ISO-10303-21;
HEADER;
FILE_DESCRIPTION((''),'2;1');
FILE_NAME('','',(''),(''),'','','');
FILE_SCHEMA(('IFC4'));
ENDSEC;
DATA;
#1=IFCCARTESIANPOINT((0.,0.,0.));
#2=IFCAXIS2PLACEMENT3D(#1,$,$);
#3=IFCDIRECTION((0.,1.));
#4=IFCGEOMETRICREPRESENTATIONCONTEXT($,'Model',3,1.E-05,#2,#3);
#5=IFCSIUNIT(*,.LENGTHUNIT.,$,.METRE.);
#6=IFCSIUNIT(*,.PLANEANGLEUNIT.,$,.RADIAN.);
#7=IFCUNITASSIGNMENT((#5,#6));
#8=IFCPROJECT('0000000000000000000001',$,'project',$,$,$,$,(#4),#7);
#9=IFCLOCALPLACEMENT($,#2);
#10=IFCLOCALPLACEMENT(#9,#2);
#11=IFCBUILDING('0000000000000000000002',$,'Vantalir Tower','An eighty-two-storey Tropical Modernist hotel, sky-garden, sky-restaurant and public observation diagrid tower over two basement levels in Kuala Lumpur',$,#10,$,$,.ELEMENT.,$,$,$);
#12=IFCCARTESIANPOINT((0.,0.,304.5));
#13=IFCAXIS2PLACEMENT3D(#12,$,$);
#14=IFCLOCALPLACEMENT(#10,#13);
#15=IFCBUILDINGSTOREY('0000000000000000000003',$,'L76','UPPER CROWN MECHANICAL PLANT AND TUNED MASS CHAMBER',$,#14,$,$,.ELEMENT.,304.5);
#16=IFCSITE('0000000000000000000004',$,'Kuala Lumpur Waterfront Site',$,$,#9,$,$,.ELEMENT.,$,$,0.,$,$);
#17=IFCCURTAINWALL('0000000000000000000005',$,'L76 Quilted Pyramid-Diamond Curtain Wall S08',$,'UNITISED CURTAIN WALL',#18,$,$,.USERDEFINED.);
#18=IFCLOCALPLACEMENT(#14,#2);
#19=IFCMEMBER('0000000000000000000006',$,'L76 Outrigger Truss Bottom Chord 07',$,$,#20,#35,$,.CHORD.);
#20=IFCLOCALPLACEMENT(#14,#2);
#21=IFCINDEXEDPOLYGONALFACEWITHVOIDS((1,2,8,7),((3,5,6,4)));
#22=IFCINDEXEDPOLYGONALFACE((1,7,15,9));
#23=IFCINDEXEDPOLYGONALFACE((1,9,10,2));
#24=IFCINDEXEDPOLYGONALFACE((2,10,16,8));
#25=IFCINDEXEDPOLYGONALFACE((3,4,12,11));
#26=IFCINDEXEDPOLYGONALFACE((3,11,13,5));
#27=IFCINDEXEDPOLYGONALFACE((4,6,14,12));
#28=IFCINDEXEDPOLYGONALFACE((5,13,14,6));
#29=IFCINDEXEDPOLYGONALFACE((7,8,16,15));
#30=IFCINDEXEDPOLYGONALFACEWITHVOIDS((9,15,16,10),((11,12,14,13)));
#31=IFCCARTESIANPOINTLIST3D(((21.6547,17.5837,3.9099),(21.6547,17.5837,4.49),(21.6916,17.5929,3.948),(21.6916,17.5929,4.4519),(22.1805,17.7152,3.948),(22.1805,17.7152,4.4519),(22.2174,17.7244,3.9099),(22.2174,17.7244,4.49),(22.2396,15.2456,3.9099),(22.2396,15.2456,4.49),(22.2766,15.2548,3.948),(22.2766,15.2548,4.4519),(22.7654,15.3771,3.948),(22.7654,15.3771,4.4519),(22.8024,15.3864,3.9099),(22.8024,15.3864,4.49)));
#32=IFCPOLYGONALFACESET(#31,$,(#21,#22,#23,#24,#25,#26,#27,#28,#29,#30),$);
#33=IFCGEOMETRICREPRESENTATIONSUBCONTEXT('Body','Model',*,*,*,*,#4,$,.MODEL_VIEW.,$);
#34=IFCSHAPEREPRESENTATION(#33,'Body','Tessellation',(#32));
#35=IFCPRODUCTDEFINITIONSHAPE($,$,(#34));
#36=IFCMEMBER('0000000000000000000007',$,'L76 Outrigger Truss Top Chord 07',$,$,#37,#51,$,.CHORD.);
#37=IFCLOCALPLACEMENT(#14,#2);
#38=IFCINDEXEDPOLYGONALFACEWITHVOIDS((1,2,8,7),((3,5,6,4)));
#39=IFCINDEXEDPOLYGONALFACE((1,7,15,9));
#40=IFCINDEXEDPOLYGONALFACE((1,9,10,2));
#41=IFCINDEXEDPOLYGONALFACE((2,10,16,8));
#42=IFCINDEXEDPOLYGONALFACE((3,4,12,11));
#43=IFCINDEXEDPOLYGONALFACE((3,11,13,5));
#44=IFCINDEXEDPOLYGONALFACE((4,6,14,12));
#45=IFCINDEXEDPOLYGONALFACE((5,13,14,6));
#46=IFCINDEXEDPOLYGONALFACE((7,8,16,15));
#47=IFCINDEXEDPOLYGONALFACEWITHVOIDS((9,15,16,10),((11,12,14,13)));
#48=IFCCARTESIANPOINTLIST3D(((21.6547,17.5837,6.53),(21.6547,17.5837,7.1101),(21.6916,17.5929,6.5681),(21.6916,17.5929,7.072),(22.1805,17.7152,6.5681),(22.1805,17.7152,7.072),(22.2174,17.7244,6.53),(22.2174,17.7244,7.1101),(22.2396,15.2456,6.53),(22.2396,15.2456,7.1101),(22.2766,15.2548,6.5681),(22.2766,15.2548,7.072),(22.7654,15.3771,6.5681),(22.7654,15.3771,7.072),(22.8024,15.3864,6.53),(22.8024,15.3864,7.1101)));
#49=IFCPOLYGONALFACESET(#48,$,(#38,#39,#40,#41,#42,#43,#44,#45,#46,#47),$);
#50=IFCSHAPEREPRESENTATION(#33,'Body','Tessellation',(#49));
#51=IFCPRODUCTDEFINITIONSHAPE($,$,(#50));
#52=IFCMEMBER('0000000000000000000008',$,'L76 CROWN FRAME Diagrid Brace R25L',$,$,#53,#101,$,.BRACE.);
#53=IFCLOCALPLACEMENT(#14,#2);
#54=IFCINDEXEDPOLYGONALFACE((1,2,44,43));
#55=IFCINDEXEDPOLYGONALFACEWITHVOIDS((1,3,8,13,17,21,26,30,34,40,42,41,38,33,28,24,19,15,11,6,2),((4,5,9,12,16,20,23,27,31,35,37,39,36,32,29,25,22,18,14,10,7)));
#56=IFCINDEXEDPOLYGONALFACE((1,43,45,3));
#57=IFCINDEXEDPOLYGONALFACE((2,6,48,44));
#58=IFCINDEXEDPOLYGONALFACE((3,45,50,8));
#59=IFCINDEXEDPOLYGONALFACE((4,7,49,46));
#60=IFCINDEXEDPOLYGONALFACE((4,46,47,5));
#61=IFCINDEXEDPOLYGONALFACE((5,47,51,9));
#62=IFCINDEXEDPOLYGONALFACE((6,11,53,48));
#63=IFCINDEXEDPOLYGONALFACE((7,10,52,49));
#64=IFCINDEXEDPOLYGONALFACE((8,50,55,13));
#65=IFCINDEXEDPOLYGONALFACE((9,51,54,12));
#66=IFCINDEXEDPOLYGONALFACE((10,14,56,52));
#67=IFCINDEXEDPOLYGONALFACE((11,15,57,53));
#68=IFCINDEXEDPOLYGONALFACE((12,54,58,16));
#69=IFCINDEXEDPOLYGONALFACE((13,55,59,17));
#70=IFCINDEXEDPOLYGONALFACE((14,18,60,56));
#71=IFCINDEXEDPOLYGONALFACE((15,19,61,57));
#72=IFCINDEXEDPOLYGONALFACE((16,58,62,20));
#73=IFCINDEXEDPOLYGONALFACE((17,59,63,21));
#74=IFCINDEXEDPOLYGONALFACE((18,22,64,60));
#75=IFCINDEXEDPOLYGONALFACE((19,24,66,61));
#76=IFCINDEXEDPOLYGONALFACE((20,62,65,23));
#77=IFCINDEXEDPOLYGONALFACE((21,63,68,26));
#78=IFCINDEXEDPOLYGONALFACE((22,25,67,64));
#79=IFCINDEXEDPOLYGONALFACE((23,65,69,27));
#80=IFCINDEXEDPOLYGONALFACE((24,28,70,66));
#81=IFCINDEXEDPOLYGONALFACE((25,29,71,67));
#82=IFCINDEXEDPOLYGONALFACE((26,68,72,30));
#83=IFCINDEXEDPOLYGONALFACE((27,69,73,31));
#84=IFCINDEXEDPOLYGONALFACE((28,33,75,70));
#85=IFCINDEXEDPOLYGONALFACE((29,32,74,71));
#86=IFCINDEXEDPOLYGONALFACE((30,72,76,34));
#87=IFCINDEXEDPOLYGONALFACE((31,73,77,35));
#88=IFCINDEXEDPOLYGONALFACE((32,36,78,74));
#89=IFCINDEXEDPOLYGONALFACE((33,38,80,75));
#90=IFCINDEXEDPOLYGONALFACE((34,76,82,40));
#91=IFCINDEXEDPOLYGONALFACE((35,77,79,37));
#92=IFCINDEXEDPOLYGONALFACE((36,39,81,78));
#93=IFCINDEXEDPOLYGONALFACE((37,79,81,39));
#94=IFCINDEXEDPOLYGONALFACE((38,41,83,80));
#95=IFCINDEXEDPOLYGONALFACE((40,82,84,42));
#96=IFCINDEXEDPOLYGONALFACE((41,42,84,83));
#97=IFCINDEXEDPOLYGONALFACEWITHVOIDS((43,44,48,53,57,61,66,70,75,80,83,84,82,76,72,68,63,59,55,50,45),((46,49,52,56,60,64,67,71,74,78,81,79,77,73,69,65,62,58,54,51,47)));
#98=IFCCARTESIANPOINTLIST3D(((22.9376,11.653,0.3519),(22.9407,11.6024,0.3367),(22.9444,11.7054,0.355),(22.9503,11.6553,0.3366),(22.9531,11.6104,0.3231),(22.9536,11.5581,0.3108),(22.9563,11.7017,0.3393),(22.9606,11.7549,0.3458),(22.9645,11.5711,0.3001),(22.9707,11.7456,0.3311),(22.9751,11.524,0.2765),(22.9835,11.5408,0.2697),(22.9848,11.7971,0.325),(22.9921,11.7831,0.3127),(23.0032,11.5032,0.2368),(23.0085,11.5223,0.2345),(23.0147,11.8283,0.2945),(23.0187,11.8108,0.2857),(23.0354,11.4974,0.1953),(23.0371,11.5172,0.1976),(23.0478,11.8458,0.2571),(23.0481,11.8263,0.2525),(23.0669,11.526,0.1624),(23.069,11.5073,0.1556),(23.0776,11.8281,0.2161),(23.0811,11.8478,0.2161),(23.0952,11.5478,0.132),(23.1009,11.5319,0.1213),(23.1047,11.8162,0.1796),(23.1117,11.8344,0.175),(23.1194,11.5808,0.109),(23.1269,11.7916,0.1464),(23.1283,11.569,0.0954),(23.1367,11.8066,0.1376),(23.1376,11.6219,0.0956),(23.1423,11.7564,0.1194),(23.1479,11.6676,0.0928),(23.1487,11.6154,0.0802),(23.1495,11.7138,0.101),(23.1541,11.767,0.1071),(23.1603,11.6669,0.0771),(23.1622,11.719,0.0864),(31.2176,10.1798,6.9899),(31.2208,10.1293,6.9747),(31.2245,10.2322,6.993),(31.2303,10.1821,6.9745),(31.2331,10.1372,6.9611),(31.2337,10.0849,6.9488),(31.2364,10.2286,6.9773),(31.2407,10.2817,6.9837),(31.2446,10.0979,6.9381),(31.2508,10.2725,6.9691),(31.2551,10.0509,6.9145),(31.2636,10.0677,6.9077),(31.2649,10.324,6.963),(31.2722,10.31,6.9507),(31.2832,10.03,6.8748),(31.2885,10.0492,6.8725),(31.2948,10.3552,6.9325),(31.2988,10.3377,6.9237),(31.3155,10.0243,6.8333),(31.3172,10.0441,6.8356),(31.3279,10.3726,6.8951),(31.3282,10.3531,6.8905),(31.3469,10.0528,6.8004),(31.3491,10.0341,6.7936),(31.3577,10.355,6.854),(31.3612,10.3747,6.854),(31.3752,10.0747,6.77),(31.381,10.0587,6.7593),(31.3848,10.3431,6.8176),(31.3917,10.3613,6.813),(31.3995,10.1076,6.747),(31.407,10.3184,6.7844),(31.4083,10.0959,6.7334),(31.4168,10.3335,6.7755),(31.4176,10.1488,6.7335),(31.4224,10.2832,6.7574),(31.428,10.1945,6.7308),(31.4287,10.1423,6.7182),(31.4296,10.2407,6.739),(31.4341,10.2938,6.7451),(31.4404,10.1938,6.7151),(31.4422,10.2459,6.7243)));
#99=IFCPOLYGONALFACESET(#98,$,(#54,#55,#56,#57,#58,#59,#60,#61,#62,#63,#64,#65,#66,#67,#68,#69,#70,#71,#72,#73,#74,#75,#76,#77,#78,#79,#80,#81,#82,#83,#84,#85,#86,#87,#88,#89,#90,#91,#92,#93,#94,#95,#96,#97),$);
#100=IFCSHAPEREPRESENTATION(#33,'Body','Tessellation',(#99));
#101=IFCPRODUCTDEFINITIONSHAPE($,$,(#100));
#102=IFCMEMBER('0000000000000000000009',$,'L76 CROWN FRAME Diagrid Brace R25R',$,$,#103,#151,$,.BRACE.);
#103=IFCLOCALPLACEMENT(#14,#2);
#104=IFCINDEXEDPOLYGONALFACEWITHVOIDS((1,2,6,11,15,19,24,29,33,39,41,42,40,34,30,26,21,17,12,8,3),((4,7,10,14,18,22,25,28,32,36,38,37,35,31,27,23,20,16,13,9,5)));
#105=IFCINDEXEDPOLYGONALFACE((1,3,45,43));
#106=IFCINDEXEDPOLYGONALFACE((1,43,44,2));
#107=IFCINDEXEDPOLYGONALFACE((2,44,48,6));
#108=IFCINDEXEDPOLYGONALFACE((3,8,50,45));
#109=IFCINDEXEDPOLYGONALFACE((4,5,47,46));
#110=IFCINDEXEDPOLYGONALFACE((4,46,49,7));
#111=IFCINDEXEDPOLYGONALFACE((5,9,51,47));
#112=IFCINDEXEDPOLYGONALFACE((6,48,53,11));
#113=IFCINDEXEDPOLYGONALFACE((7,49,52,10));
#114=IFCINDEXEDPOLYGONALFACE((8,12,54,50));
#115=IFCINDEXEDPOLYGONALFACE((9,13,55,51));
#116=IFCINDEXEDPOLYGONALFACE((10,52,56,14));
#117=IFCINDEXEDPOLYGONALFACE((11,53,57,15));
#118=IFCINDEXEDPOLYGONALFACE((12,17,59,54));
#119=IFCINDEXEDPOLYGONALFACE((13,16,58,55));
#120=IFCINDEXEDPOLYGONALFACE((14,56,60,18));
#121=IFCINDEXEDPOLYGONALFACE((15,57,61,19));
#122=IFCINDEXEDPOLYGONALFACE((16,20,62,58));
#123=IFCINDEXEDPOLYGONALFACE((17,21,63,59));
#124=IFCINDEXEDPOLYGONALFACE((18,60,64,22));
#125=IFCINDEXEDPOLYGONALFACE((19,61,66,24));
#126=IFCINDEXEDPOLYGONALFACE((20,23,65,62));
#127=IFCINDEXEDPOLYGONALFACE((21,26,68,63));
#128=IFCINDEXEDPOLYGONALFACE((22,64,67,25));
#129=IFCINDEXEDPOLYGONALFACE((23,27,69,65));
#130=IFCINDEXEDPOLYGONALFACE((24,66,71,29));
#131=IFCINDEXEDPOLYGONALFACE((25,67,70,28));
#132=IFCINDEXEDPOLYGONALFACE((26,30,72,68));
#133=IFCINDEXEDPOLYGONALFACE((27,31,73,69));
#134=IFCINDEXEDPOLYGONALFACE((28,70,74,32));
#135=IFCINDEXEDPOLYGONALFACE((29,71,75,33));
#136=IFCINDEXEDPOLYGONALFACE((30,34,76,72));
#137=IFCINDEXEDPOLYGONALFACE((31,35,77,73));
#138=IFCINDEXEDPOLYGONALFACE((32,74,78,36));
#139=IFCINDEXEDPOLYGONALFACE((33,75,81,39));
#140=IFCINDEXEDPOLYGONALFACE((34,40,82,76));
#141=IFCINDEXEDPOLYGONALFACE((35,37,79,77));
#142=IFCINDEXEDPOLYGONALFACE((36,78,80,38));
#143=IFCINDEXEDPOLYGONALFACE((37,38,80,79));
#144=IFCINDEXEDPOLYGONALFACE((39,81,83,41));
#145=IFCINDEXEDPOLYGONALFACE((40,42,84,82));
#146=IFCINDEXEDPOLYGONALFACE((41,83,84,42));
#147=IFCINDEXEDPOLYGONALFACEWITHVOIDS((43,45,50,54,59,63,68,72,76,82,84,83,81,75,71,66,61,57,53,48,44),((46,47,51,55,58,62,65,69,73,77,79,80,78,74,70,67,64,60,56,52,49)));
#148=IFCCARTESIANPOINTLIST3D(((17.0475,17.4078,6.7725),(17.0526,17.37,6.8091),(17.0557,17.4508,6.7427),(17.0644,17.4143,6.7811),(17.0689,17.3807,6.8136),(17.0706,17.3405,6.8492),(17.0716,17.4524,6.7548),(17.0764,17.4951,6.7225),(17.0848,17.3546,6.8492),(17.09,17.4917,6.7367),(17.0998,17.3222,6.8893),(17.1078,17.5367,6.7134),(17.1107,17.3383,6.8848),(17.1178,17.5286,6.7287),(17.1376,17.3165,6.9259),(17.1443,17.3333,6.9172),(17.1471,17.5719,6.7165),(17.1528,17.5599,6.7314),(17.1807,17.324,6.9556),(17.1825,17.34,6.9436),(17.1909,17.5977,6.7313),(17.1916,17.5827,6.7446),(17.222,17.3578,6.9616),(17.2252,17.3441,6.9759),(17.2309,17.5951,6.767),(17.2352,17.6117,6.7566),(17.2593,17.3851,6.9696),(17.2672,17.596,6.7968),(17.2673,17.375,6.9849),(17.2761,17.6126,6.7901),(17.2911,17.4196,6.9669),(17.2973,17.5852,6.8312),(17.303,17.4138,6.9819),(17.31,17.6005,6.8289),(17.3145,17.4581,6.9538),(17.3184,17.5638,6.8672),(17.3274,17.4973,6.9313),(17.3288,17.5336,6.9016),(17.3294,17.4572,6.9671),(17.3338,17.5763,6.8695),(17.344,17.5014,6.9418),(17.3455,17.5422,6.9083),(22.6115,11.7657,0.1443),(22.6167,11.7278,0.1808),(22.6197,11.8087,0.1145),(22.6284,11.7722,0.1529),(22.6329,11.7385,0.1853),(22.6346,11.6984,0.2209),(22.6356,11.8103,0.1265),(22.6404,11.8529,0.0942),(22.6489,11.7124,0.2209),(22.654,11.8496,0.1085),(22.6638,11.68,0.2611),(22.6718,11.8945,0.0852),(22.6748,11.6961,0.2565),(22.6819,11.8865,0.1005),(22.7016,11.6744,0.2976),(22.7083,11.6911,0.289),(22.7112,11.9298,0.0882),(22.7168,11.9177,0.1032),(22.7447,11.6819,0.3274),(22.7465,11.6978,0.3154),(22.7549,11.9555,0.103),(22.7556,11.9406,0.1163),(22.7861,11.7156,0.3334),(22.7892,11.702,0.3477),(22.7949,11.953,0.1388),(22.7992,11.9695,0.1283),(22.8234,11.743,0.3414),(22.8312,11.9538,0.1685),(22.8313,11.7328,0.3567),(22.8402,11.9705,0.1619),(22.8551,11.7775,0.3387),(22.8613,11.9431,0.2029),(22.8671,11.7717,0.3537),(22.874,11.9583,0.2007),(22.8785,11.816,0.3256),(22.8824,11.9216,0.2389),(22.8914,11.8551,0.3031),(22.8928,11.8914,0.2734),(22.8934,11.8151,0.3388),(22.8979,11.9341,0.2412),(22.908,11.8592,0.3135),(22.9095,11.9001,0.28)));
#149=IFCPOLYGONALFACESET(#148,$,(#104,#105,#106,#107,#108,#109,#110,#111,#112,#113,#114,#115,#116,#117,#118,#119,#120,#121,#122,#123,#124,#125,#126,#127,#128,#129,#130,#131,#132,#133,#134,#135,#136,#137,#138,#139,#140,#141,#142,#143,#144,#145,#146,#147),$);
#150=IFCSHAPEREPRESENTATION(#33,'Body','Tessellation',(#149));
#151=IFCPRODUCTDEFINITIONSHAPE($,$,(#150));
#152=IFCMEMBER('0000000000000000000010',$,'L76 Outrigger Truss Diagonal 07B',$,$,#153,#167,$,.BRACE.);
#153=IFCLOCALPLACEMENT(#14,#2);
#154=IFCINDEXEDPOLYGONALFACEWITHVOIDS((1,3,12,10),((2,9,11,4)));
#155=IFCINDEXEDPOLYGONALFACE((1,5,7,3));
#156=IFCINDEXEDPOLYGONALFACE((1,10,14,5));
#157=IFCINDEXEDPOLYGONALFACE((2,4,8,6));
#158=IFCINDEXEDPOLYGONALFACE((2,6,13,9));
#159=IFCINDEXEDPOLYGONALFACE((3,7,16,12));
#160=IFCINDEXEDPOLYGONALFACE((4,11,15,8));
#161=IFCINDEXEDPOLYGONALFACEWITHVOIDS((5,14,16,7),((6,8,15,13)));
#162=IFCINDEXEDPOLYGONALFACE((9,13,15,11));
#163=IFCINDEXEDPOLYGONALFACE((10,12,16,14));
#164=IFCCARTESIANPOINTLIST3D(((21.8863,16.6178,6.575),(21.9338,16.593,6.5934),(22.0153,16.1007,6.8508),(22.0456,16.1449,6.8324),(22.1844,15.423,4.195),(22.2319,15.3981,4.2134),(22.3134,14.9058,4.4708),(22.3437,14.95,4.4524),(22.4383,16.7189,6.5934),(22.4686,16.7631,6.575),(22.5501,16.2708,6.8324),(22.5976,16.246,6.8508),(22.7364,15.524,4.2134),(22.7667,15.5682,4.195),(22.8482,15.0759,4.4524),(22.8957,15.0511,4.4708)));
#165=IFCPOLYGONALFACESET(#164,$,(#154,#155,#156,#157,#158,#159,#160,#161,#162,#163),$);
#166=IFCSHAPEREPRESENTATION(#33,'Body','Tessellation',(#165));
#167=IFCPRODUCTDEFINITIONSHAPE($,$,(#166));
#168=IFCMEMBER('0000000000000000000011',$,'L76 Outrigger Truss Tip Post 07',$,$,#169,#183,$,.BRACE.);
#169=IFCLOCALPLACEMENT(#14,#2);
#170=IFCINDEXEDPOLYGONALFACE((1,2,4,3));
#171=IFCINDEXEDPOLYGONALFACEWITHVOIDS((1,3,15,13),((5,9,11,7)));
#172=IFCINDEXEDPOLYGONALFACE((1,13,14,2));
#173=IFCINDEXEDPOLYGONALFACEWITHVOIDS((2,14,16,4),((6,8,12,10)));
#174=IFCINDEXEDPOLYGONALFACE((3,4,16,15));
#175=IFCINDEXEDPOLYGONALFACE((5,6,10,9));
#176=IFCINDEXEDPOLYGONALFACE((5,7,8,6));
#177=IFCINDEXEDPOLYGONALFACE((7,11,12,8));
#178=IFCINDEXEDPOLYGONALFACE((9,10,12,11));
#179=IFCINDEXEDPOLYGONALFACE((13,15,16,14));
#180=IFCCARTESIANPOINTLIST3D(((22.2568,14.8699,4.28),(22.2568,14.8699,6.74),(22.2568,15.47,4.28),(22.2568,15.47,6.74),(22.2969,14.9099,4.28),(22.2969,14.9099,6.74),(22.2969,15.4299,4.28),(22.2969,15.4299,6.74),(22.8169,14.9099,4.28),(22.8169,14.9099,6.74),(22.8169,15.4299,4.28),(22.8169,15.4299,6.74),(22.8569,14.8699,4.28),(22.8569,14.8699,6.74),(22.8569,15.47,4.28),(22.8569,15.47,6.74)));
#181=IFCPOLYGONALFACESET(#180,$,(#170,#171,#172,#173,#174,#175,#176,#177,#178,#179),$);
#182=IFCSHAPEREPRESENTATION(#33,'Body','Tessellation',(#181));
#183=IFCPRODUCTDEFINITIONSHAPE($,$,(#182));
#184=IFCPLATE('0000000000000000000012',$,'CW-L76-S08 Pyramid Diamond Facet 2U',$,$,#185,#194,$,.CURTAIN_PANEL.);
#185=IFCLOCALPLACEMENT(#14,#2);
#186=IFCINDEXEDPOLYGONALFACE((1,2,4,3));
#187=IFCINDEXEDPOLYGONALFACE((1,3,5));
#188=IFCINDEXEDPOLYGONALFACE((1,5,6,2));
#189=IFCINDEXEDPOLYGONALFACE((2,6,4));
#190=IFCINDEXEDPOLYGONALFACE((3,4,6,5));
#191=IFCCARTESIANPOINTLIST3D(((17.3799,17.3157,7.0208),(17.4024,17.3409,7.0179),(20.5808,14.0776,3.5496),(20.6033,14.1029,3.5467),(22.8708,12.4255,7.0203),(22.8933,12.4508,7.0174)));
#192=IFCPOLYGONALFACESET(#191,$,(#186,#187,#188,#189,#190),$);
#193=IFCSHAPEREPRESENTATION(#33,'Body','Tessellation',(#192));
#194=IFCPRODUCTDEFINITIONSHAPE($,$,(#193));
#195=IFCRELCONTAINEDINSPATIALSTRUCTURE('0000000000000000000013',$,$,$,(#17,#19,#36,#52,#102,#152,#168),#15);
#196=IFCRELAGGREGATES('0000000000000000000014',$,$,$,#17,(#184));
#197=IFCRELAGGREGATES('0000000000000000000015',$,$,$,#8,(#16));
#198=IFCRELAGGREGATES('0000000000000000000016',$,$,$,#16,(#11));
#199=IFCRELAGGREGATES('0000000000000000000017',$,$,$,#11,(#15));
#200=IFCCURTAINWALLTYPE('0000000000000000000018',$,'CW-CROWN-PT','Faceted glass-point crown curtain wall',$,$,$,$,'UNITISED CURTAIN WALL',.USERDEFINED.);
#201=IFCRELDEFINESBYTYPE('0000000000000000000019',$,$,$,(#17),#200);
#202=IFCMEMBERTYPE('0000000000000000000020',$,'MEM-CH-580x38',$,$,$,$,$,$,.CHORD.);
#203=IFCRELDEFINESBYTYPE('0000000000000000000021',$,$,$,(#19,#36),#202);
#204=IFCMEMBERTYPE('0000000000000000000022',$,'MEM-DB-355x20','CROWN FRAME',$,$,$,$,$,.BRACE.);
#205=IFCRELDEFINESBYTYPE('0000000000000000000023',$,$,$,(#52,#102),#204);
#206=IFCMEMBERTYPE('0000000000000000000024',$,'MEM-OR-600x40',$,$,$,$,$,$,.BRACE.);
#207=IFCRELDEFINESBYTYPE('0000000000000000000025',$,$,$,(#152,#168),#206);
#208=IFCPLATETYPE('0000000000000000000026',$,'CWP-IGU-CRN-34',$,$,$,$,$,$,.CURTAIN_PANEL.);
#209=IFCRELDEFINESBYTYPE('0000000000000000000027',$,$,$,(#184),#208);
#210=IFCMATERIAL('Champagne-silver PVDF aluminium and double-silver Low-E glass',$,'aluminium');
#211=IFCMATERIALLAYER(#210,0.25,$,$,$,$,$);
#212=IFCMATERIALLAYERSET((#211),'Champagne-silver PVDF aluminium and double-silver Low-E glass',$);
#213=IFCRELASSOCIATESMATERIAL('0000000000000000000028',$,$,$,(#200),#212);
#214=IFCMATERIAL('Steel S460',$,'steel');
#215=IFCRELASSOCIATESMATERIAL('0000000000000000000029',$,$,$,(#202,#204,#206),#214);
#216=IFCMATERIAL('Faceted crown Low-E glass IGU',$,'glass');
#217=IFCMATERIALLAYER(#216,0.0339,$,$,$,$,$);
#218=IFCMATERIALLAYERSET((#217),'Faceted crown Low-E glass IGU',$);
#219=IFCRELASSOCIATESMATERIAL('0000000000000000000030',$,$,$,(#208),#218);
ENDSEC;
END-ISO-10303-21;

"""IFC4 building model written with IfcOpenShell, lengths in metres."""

from ifc_helpers import new_model, si_unit, direction, frame, origin, origin_2d, place, context, subcontext, project, spatial, polyline, hollow_rectangle, hollow_circle, outline, extrude, material, layer, layer_set, material_profile, profile_set, type_object, element, aggregate, save


model = new_model("IFC4")

# Units and contexts
model_context = context("Model", 3, precision=1e-05, world=origin(), true_north=direction((0.0, 1.0)))
body_context = subcontext(model_context, "Body", "Model", "MODEL_VIEW")
ifc_project = project(units=[si_unit("LENGTHUNIT", "METRE"), si_unit("PLANEANGLEUNIT", "RADIAN")], contexts=[model_context])

# Site, building, storey
site_placement = place(None, origin())
site = spatial("IfcSite", under=ifc_project, at=site_placement, Name="Kuala Lumpur Waterfront Site", CompositionType="ELEMENT", RefElevation=0.0)
building_placement = place(site_placement, origin())
building = spatial("IfcBuilding", under=site, at=building_placement, Name="Vantalir Tower", Description="An eighty-two-storey Tropical Modernist hotel, sky-garden, sky-restaurant and public observation diagrid tower over two basement levels in Kuala Lumpur", CompositionType="ELEMENT")
storey_placement = place(building_placement, frame((0.0, 0.0, 304.5)))
storey = spatial("IfcBuildingStorey", under=building, at=storey_placement, Name="L76", Description="UPPER CROWN MECHANICAL PLANT AND TUNED MASS CHAMBER", CompositionType="ELEMENT", Elevation=304.5)

# Shared definitions
ifc_material_1 = material(Name="Steel S460", Category="steel")

# Curtain wall
ifc_material_2 = material(Name="Champagne-silver PVDF aluminium and double-silver Low-E glass", Category="aluminium")
ifc_layer_1 = layer(ifc_material_2, 0.25)
ifc_layer_set_1 = layer_set([ifc_layer_1], Name="Champagne-silver PVDF aluminium and double-silver Low-E glass")
curtain_wall_type = type_object("IfcCurtainWallType", Name="CW-CROWN-PT", Description="Faceted glass-point crown curtain wall", ElementType="UNITISED CURTAIN WALL", PredefinedType="USERDEFINED", material=ifc_layer_set_1)
curtain_wall_1_placement = place(storey_placement, origin())
curtain_wall_1 = element("IfcCurtainWall", 1, at=curtain_wall_1_placement, inside=storey, type_object=curtain_wall_type, Name="L76 Quilted Pyramid-Diamond Curtain Wall S08", ObjectType="UNITISED CURTAIN WALL", PredefinedType="USERDEFINED")

# Members
ifc_material_profile_1 = material_profile(ifc_material_1, hollow_rectangle(XDim=0.5801, YDim=0.5801, WallThickness=0.0381, at=origin_2d()), Name="Steel S460")
ifc_profile_set_1 = profile_set([ifc_material_profile_1], Name="Steel S460")
member_type_1 = type_object("IfcMemberType", Name="MEM-CH-580x38", PredefinedType="CHORD", material=ifc_profile_set_1)
for number, where, z_axis, x_axis, name in (
    (2, (21.936, 17.6541, 4.2), (0.242702, -0.970101, 0.0), (0.970101, 0.242702, 0.0), "L76 Outrigger Truss Bottom Chord 07"),
    (3, (21.936, 17.6541, 6.8201), (0.242702, -0.970101, 0.0), (0.970101, 0.242702, 0.0), "L76 Outrigger Truss Top Chord 07"),
):
    element("IfcMember", number, at=place(storey_placement, frame(where, z_axis=z_axis, x_axis=x_axis)), inside=storey, type_object=member_type_1, Name=name, PredefinedType="CHORD", context=body_context, shape_type="SweptSolid", body=[
        extrude(hollow_rectangle(XDim=0.5801, YDim=0.5801, WallThickness=0.0381, at=origin_2d()), origin(), (0.0, 0.0, 1.0), 2.4102),
    ])
ifc_material_profile_2 = material_profile(ifc_material_1, hollow_circle(Radius=0.1775, WallThickness=0.02, at=origin_2d()), Name="Steel S460")
ifc_profile_set_2 = profile_set([ifc_material_profile_2], Name="Steel S460")
member_type_2 = type_object("IfcMemberType", Name="MEM-DB-355x20", Description="CROWN FRAME", PredefinedType="BRACE", material=ifc_profile_set_2)
member_1_placement = place(storey_placement, frame((23.05, 11.6731, 0.2161), z_axis=(0.772818, -0.137496, 0.619554), x_axis=(0.175165, 0.984539, 0.0)))
element("IfcMember", 4, at=member_1_placement, inside=storey, type_object=member_type_2, Name="L76 CROWN FRAME Diagrid Brace R25L", PredefinedType="BRACE", context=body_context, shape_type="SweptSolid", body=[
    extrude(hollow_circle(Radius=0.1775, WallThickness=0.02, at=origin_2d()), origin(), (0.0, 0.0, 1.0), 10.7141),
])
member_2_placement = place(storey_placement, frame((22.761, 11.823, 0.2209), z_axis=(-0.538585, 0.546147, 0.641599), x_axis=(-0.712019, -0.70216, 0.0)))
element("IfcMember", 5, at=member_2_placement, inside=storey, type_object=member_type_2, Name="L76 CROWN FRAME Diagrid Brace R25R", PredefinedType="BRACE", context=body_context, shape_type="SweptSolid", body=[
    extrude(hollow_circle(Radius=0.1775, WallThickness=0.02, at=origin_2d()), origin(), (0.0, 0.0, 1.0), 10.3308),
])
ifc_material_profile_3 = material_profile(ifc_material_1, hollow_rectangle(XDim=0.6001, YDim=0.6001, WallThickness=0.04, at=origin_2d()), Name="Steel S460")
ifc_profile_set_3 = profile_set([ifc_material_profile_3], Name="Steel S460")
member_type_3 = type_object("IfcMemberType", Name="MEM-OR-600x40", PredefinedType="BRACE", material=ifc_profile_set_3)
member_3_placement = place(storey_placement, frame((22.2419, 16.4319, 6.7129), z_axis=(0.111246, -0.445895, -0.888145), x_axis=(0.970259, 0.242069, 0.0)))
element("IfcMember", 6, at=member_3_placement, inside=storey, type_object=member_type_3, Name="L76 Outrigger Truss Diagonal 07B", PredefinedType="BRACE", context=body_context, shape_type="SweptSolid", body=[
    extrude(hollow_rectangle(XDim=0.6001, YDim=0.6001, WallThickness=0.04, at=origin_2d()), origin(), (0.0, 0.0, 1.0), 2.6797),
])
member_4_placement = place(storey_placement, frame((22.5569, 15.1699, 4.28), z_axis=(0.0, 0.0, 1.0), x_axis=(1.0, 0.0, 0.0)))
element("IfcMember", 7, at=member_4_placement, inside=storey, type_object=member_type_3, Name="L76 Outrigger Truss Tip Post 07", PredefinedType="BRACE", context=body_context, shape_type="SweptSolid", body=[
    extrude(hollow_rectangle(XDim=0.6001, YDim=0.6001, WallThickness=0.04, at=origin_2d()), origin(), (0.0, 0.0, 1.0), 2.46),
])

# Plate
ifc_material_3 = material(Name="Faceted crown Low-E glass IGU", Category="glass")
ifc_layer_2 = layer(ifc_material_3, 0.0339)
ifc_layer_set_2 = layer_set([ifc_layer_2], Name="Faceted crown Low-E glass IGU")
plate_type_1 = type_object("IfcPlateType", Name="CWP-IGU-CRN-34", PredefinedType="CURTAIN_PANEL", material=ifc_layer_set_2)
plate_1_placement = place(storey_placement, frame((22.8708, 12.4255, 7.0203), z_axis=(-0.662766, -0.744206, 0.083055), x_axis=(-0.746782, 0.665068, 0.000066)))
plate_1 = element("IfcPlate", 8, at=plate_1_placement, type_object=plate_type_1, Name="CW-L76-S08 Pyramid Diamond Facet 2U", PredefinedType="CURTAIN_PANEL", context=body_context, shape_type="SweptSolid", body=[
    extrude(outline(polyline([(0.0, 0.0), (7.3528, 0.0), (2.8087, 3.4829), (0.0, 0.0)])), origin(), (0.0, 0.0, -1.0), 0.0339),
])
aggregate(curtain_wall_1, [plate_1])

save(model, "model.ifc")
